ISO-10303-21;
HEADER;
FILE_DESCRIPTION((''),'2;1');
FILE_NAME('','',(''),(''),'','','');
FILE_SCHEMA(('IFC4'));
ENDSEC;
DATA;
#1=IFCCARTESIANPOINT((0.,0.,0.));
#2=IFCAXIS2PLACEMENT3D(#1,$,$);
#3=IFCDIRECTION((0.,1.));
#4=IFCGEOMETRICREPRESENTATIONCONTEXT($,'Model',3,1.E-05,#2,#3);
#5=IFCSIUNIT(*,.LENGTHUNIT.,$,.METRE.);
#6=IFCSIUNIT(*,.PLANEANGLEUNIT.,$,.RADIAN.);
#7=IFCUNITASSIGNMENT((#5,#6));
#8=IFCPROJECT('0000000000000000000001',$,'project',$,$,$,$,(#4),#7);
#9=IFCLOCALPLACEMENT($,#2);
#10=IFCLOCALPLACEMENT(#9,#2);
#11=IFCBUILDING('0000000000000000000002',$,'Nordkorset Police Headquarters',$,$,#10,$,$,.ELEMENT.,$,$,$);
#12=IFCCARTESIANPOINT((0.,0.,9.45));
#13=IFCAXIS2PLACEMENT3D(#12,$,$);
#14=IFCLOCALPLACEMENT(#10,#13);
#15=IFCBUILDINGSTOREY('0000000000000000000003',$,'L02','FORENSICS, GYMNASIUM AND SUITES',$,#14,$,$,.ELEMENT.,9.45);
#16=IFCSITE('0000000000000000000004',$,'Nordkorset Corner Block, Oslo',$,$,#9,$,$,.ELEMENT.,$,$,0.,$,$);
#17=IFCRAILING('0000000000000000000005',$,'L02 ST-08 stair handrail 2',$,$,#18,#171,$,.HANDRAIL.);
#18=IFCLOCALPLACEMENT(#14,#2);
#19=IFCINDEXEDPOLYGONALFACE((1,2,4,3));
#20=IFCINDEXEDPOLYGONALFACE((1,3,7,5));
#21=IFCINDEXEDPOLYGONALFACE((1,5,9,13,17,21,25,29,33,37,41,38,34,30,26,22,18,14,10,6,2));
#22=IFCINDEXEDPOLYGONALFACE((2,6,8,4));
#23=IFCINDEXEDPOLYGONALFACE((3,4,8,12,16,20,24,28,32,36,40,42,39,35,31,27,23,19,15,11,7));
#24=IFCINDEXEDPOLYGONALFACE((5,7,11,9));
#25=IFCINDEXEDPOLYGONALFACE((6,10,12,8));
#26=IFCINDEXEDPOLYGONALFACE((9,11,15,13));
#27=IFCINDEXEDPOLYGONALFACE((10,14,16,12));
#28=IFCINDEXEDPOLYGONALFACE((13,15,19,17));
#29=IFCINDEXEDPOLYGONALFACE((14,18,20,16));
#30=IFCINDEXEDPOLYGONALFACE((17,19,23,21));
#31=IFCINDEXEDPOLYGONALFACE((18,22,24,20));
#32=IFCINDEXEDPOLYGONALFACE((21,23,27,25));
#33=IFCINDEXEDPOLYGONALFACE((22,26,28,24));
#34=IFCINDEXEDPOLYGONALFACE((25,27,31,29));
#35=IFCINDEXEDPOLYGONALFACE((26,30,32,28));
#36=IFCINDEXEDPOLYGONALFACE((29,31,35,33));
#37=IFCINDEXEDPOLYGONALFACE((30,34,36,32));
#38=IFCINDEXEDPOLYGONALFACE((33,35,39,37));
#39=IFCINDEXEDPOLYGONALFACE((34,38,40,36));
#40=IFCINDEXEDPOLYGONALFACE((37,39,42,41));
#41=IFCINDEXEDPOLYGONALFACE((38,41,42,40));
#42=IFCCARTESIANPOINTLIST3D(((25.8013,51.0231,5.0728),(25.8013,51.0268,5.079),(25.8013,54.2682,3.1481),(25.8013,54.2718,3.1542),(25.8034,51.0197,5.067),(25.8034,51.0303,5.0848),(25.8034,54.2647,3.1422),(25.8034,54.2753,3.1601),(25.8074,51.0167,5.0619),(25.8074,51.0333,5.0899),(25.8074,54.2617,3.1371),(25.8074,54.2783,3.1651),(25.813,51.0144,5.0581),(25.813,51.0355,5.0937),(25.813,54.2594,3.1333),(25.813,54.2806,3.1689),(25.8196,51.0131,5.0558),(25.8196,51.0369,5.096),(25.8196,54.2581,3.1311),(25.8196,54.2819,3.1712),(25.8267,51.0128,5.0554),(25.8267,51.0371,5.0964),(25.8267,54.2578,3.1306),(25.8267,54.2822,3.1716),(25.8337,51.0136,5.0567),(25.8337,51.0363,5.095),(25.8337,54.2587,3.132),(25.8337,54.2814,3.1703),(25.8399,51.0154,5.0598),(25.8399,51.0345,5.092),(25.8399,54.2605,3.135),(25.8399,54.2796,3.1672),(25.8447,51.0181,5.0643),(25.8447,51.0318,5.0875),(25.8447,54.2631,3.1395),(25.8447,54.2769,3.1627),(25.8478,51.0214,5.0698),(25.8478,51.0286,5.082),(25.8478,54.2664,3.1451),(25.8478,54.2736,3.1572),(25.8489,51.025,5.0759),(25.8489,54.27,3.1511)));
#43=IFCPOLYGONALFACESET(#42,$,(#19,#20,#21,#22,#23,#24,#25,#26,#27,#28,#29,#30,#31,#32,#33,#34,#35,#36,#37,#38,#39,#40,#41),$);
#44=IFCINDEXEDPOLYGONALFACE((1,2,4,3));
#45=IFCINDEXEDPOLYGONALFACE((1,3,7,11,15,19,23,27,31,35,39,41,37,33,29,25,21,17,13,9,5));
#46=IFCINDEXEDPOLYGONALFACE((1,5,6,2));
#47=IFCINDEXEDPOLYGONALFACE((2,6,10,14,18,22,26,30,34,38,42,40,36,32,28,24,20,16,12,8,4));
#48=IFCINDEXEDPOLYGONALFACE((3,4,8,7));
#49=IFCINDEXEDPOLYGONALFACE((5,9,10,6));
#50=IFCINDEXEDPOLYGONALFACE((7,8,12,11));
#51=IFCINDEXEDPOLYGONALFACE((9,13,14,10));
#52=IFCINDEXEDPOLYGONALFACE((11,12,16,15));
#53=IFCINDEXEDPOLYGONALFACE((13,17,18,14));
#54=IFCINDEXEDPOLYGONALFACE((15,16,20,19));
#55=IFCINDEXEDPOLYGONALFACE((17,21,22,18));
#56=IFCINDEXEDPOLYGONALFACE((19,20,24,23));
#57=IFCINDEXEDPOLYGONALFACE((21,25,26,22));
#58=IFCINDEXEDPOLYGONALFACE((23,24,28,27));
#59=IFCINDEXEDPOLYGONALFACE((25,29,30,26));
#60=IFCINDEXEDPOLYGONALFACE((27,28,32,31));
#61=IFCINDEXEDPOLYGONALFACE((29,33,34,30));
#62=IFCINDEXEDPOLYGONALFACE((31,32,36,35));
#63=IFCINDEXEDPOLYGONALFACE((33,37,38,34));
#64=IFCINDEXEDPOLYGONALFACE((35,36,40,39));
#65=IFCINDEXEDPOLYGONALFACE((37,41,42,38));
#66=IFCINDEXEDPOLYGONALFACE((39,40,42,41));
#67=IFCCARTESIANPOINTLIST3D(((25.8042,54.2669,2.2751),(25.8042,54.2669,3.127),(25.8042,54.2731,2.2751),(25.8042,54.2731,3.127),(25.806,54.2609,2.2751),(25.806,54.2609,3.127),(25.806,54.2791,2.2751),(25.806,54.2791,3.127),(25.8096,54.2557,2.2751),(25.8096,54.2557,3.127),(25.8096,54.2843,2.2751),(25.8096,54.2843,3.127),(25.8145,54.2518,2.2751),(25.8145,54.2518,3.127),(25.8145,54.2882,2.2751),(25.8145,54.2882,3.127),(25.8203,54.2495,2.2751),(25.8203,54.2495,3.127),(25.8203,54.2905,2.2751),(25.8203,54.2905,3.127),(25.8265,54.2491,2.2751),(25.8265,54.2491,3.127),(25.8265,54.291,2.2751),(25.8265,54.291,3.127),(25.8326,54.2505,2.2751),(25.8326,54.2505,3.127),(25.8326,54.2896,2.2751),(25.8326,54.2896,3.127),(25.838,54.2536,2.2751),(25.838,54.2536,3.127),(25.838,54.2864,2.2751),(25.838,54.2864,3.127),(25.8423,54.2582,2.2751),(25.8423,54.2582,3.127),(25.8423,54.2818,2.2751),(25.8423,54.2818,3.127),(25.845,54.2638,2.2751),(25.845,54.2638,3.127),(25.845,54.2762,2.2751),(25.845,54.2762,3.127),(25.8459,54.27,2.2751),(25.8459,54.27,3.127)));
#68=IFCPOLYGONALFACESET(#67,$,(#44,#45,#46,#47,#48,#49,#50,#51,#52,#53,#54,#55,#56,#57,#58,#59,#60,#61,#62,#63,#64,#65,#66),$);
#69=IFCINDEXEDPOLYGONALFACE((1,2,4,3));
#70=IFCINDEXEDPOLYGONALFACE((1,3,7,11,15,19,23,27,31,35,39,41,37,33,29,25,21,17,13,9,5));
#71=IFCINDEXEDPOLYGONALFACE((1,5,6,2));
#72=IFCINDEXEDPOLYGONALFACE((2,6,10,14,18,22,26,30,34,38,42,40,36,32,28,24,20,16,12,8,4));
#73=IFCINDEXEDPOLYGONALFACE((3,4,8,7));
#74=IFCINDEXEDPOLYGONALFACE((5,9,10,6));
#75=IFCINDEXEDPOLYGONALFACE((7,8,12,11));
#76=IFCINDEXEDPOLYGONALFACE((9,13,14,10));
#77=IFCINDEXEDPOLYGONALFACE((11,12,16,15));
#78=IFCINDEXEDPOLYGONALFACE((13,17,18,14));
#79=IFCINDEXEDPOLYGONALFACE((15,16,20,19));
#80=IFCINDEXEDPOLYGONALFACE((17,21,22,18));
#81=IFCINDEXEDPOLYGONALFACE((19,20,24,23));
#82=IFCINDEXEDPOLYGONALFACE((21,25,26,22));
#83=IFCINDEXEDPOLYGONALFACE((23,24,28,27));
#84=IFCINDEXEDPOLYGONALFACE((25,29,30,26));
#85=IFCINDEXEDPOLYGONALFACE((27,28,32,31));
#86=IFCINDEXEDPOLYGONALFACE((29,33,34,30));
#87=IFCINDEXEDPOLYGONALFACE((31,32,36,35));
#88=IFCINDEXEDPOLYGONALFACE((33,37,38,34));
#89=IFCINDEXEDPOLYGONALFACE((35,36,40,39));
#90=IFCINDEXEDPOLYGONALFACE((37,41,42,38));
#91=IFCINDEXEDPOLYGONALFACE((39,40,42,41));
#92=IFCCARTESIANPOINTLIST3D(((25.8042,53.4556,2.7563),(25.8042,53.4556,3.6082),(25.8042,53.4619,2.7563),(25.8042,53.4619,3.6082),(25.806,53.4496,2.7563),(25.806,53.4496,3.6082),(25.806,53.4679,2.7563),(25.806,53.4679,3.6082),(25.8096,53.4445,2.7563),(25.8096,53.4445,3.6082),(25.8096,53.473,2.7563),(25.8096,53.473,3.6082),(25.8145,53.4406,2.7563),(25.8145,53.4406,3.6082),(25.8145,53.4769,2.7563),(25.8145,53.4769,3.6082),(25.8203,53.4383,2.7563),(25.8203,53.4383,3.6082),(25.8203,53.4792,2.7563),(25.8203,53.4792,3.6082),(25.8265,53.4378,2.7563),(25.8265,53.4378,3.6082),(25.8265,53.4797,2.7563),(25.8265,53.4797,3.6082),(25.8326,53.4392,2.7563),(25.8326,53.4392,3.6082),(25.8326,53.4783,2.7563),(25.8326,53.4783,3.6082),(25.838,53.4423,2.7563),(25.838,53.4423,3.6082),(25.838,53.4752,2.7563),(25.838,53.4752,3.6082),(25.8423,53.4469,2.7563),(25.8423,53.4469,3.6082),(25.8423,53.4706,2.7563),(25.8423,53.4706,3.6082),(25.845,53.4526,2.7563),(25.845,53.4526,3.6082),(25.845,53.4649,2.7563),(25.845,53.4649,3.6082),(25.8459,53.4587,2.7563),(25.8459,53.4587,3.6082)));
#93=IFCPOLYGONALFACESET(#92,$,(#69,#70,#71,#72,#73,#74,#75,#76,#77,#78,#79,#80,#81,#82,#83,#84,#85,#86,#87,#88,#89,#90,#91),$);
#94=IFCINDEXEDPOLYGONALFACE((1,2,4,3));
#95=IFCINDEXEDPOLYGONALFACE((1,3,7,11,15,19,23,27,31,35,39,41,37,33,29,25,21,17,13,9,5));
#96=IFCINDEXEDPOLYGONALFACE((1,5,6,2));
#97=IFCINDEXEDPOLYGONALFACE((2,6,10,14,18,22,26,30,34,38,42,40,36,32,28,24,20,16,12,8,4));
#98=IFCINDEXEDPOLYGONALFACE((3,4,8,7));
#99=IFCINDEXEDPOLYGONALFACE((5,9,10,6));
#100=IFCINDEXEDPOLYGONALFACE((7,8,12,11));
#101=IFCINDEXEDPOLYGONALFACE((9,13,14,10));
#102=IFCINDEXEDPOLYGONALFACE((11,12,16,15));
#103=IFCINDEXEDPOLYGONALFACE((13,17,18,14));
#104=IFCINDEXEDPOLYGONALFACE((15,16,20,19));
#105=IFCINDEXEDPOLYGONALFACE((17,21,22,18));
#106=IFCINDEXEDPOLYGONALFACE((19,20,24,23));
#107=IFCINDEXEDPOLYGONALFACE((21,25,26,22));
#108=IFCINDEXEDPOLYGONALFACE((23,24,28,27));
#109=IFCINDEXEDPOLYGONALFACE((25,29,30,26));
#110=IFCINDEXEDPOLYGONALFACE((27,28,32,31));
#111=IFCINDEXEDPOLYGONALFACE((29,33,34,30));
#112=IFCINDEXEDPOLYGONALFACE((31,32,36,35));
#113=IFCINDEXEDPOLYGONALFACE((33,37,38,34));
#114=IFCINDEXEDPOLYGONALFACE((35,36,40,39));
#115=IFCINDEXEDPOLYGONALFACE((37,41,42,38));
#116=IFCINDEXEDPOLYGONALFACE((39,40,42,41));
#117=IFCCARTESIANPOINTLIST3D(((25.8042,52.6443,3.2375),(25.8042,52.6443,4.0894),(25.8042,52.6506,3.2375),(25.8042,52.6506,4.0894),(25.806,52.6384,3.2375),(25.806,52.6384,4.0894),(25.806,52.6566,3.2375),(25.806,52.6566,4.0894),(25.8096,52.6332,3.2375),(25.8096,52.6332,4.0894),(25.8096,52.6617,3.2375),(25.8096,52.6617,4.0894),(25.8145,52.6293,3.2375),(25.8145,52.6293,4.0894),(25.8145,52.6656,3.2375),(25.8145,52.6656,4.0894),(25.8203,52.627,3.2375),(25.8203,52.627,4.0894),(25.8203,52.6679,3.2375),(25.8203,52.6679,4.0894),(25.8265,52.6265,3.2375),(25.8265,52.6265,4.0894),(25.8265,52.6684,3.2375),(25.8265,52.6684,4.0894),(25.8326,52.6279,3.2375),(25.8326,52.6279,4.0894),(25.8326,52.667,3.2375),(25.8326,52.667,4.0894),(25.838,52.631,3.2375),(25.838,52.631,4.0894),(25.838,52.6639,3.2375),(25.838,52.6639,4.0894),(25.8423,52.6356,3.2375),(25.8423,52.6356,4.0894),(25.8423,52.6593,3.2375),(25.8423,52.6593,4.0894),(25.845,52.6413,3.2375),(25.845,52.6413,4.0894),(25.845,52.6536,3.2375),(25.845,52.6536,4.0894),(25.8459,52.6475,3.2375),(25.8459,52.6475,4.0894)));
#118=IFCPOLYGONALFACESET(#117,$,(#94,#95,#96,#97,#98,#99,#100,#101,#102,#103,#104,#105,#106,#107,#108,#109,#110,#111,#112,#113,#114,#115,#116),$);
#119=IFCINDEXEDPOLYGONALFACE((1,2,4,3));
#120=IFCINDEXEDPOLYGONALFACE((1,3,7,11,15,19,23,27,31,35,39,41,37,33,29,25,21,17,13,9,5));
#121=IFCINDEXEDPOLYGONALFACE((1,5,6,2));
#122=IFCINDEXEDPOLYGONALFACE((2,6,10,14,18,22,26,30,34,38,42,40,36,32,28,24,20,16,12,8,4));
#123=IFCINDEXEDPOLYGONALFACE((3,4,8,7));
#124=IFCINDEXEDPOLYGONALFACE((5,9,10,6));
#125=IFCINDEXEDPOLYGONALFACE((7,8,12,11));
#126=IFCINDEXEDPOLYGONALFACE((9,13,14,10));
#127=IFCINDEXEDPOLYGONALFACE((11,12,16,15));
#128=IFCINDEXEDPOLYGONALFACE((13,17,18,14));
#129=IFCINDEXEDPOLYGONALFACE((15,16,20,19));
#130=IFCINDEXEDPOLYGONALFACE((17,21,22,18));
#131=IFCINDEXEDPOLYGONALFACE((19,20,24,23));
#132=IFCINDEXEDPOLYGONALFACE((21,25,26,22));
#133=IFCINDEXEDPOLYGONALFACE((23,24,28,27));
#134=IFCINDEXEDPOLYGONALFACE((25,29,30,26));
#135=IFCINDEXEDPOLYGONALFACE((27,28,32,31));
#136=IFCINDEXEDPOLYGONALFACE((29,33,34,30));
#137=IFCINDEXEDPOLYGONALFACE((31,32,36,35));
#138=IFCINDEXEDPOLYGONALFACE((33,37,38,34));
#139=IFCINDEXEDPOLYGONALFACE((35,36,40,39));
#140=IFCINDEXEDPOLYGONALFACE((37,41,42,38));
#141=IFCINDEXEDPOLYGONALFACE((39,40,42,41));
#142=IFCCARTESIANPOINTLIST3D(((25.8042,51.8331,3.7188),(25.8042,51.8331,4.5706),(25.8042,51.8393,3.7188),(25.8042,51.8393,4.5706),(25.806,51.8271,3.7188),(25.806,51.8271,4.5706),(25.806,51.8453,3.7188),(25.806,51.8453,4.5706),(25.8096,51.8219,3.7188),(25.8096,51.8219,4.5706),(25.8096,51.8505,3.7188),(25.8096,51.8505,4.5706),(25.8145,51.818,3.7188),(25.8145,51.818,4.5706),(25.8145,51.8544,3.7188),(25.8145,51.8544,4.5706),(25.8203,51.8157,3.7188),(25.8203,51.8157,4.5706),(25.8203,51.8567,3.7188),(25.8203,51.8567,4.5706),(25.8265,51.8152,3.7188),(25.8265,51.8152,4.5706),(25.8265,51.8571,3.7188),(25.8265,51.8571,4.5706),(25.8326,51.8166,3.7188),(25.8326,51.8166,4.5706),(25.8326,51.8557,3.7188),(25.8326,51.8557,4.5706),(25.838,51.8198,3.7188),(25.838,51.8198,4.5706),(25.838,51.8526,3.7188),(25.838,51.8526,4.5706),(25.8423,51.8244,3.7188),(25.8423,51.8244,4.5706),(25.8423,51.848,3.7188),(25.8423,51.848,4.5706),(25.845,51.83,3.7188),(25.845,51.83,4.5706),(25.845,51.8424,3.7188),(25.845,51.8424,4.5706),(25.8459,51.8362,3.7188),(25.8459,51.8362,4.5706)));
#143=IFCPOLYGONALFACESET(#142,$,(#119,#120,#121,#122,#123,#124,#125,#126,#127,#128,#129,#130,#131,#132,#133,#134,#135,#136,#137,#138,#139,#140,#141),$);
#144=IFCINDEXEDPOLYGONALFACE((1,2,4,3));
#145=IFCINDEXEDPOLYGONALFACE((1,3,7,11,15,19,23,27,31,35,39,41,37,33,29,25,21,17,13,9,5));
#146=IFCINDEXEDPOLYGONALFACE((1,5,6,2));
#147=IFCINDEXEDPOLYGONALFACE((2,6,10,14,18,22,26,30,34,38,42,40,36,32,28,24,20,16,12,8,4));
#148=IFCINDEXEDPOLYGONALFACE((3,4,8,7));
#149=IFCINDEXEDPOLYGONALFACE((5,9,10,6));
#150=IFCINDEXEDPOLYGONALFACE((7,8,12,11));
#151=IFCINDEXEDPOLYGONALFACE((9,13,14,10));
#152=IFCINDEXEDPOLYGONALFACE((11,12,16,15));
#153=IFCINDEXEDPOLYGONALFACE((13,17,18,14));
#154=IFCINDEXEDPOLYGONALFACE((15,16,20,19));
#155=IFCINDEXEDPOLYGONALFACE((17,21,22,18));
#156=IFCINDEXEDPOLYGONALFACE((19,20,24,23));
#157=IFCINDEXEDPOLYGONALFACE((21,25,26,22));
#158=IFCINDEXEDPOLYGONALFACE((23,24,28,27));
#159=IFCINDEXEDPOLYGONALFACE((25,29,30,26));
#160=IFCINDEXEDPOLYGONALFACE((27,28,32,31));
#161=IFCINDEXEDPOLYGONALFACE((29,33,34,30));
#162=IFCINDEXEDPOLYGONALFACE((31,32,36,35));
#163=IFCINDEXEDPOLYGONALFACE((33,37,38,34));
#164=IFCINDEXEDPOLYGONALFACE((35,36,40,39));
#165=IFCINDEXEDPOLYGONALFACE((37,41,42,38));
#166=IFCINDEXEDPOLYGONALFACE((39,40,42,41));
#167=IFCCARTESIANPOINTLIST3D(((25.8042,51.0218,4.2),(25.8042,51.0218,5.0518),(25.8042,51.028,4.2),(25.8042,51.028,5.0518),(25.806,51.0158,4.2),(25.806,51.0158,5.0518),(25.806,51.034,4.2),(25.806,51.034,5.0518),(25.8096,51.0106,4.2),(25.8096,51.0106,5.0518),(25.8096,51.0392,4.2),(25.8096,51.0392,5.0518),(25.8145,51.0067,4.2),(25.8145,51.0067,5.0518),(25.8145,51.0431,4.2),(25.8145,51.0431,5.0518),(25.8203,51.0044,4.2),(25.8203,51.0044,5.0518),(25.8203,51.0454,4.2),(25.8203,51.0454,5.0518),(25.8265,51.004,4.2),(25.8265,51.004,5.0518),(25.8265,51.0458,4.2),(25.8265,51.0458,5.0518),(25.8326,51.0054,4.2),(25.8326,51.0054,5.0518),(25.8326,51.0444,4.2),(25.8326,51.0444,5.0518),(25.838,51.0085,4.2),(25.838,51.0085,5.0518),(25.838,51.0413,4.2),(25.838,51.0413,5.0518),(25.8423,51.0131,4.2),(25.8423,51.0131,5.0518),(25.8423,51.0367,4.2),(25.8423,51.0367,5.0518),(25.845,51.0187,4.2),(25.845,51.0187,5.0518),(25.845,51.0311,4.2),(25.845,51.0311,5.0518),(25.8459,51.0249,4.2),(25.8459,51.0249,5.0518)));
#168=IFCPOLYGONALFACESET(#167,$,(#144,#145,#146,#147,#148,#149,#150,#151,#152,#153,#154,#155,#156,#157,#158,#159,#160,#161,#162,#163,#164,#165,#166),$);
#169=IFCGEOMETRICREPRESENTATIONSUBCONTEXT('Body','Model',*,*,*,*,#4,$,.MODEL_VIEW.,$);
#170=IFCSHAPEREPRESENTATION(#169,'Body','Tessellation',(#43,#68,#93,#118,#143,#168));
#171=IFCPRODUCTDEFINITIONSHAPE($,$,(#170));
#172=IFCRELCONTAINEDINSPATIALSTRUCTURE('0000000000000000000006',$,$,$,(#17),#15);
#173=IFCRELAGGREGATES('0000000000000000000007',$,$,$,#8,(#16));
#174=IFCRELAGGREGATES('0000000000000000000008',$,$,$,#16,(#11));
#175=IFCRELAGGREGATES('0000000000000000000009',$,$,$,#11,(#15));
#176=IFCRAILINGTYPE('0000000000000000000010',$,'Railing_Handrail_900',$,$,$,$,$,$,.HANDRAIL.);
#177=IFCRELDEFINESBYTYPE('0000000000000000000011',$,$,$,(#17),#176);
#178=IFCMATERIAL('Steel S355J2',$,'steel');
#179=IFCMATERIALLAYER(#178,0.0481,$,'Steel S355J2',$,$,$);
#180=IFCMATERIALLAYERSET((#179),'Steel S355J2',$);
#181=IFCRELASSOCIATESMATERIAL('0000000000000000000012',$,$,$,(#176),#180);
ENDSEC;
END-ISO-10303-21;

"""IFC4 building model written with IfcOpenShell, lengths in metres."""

from ifc_helpers import new_model, si_unit, direction, frame, origin, origin_2d, place, context, subcontext, project, spatial, circle, extrude, material, layer, layer_set, type_object, element, save


model = new_model("IFC4")

# Units and contexts
model_context = context("Model", 3, precision=1e-05, world=origin(), true_north=direction((0.0, 1.0)))
body_context = subcontext(model_context, "Body", "Model", "MODEL_VIEW")
ifc_project = project(units=[si_unit("LENGTHUNIT", "METRE"), si_unit("PLANEANGLEUNIT", "RADIAN")], contexts=[model_context])

# Site, building, storey
site_placement = place(None, origin())
site = spatial("IfcSite", under=ifc_project, at=site_placement, Name="Nordkorset Corner Block, Oslo", CompositionType="ELEMENT", RefElevation=0.0)
building_placement = place(site_placement, origin())
building = spatial("IfcBuilding", under=site, at=building_placement, Name="Nordkorset Police Headquarters", CompositionType="ELEMENT")
storey_placement = place(building_placement, frame((0.0, 0.0, 9.45)))
storey = spatial("IfcBuildingStorey", under=building, at=storey_placement, Name="L02", Description="FORENSICS, GYMNASIUM AND SUITES", CompositionType="ELEMENT", Elevation=9.45)

# Railing
ifc_material_1 = material(Name="Steel S355J2", Category="steel")
ifc_layer_1 = layer(ifc_material_1, 0.0481, Name="Steel S355J2")
ifc_layer_set_1 = layer_set([ifc_layer_1], Name="Steel S355J2")
railing_type = type_object("IfcRailingType", Name="Railing_Handrail_900", PredefinedType="HANDRAIL", material=ifc_layer_set_1)
railing_placement = place(storey_placement, frame((25.825, 54.27, 2.2751)))
element("IfcRailing", 1, at=railing_placement, inside=storey, type_object=railing_type, Name="L02 ST-08 stair handrail 2", PredefinedType="HANDRAIL", context=body_context, shape_type="SweptSolid", body=[
    extrude(circle(Radius=0.0239, at=origin_2d()), frame((0.0, 0.0, 0.876), z_axis=(0.0, -0.860085, 0.51015), x_axis=(1.0, 0.0, 0.0)), (0.0, 0.0, 1.0), 3.7729),
    extrude(circle(Radius=0.021, at=origin_2d()), origin(), (0.0, 0.0, 1.0), 0.8518),
    extrude(circle(Radius=0.021, at=origin_2d()), frame((0.0, -0.8113, 0.4812)), (0.0, 0.0, 1.0), 0.8518),
    extrude(circle(Radius=0.021, at=origin_2d()), frame((0.0, -1.6226, 0.9624)), (0.0, 0.0, 1.0), 0.8518),
    extrude(circle(Radius=0.021, at=origin_2d()), frame((0.0, -2.4338, 1.4436)), (0.0, 0.0, 1.0), 0.8518),
    extrude(circle(Radius=0.021, at=origin_2d()), frame((0.0, -3.2451, 1.9248)), (0.0, 0.0, 1.0), 0.8518),
])

save(model, "model.ifc")
